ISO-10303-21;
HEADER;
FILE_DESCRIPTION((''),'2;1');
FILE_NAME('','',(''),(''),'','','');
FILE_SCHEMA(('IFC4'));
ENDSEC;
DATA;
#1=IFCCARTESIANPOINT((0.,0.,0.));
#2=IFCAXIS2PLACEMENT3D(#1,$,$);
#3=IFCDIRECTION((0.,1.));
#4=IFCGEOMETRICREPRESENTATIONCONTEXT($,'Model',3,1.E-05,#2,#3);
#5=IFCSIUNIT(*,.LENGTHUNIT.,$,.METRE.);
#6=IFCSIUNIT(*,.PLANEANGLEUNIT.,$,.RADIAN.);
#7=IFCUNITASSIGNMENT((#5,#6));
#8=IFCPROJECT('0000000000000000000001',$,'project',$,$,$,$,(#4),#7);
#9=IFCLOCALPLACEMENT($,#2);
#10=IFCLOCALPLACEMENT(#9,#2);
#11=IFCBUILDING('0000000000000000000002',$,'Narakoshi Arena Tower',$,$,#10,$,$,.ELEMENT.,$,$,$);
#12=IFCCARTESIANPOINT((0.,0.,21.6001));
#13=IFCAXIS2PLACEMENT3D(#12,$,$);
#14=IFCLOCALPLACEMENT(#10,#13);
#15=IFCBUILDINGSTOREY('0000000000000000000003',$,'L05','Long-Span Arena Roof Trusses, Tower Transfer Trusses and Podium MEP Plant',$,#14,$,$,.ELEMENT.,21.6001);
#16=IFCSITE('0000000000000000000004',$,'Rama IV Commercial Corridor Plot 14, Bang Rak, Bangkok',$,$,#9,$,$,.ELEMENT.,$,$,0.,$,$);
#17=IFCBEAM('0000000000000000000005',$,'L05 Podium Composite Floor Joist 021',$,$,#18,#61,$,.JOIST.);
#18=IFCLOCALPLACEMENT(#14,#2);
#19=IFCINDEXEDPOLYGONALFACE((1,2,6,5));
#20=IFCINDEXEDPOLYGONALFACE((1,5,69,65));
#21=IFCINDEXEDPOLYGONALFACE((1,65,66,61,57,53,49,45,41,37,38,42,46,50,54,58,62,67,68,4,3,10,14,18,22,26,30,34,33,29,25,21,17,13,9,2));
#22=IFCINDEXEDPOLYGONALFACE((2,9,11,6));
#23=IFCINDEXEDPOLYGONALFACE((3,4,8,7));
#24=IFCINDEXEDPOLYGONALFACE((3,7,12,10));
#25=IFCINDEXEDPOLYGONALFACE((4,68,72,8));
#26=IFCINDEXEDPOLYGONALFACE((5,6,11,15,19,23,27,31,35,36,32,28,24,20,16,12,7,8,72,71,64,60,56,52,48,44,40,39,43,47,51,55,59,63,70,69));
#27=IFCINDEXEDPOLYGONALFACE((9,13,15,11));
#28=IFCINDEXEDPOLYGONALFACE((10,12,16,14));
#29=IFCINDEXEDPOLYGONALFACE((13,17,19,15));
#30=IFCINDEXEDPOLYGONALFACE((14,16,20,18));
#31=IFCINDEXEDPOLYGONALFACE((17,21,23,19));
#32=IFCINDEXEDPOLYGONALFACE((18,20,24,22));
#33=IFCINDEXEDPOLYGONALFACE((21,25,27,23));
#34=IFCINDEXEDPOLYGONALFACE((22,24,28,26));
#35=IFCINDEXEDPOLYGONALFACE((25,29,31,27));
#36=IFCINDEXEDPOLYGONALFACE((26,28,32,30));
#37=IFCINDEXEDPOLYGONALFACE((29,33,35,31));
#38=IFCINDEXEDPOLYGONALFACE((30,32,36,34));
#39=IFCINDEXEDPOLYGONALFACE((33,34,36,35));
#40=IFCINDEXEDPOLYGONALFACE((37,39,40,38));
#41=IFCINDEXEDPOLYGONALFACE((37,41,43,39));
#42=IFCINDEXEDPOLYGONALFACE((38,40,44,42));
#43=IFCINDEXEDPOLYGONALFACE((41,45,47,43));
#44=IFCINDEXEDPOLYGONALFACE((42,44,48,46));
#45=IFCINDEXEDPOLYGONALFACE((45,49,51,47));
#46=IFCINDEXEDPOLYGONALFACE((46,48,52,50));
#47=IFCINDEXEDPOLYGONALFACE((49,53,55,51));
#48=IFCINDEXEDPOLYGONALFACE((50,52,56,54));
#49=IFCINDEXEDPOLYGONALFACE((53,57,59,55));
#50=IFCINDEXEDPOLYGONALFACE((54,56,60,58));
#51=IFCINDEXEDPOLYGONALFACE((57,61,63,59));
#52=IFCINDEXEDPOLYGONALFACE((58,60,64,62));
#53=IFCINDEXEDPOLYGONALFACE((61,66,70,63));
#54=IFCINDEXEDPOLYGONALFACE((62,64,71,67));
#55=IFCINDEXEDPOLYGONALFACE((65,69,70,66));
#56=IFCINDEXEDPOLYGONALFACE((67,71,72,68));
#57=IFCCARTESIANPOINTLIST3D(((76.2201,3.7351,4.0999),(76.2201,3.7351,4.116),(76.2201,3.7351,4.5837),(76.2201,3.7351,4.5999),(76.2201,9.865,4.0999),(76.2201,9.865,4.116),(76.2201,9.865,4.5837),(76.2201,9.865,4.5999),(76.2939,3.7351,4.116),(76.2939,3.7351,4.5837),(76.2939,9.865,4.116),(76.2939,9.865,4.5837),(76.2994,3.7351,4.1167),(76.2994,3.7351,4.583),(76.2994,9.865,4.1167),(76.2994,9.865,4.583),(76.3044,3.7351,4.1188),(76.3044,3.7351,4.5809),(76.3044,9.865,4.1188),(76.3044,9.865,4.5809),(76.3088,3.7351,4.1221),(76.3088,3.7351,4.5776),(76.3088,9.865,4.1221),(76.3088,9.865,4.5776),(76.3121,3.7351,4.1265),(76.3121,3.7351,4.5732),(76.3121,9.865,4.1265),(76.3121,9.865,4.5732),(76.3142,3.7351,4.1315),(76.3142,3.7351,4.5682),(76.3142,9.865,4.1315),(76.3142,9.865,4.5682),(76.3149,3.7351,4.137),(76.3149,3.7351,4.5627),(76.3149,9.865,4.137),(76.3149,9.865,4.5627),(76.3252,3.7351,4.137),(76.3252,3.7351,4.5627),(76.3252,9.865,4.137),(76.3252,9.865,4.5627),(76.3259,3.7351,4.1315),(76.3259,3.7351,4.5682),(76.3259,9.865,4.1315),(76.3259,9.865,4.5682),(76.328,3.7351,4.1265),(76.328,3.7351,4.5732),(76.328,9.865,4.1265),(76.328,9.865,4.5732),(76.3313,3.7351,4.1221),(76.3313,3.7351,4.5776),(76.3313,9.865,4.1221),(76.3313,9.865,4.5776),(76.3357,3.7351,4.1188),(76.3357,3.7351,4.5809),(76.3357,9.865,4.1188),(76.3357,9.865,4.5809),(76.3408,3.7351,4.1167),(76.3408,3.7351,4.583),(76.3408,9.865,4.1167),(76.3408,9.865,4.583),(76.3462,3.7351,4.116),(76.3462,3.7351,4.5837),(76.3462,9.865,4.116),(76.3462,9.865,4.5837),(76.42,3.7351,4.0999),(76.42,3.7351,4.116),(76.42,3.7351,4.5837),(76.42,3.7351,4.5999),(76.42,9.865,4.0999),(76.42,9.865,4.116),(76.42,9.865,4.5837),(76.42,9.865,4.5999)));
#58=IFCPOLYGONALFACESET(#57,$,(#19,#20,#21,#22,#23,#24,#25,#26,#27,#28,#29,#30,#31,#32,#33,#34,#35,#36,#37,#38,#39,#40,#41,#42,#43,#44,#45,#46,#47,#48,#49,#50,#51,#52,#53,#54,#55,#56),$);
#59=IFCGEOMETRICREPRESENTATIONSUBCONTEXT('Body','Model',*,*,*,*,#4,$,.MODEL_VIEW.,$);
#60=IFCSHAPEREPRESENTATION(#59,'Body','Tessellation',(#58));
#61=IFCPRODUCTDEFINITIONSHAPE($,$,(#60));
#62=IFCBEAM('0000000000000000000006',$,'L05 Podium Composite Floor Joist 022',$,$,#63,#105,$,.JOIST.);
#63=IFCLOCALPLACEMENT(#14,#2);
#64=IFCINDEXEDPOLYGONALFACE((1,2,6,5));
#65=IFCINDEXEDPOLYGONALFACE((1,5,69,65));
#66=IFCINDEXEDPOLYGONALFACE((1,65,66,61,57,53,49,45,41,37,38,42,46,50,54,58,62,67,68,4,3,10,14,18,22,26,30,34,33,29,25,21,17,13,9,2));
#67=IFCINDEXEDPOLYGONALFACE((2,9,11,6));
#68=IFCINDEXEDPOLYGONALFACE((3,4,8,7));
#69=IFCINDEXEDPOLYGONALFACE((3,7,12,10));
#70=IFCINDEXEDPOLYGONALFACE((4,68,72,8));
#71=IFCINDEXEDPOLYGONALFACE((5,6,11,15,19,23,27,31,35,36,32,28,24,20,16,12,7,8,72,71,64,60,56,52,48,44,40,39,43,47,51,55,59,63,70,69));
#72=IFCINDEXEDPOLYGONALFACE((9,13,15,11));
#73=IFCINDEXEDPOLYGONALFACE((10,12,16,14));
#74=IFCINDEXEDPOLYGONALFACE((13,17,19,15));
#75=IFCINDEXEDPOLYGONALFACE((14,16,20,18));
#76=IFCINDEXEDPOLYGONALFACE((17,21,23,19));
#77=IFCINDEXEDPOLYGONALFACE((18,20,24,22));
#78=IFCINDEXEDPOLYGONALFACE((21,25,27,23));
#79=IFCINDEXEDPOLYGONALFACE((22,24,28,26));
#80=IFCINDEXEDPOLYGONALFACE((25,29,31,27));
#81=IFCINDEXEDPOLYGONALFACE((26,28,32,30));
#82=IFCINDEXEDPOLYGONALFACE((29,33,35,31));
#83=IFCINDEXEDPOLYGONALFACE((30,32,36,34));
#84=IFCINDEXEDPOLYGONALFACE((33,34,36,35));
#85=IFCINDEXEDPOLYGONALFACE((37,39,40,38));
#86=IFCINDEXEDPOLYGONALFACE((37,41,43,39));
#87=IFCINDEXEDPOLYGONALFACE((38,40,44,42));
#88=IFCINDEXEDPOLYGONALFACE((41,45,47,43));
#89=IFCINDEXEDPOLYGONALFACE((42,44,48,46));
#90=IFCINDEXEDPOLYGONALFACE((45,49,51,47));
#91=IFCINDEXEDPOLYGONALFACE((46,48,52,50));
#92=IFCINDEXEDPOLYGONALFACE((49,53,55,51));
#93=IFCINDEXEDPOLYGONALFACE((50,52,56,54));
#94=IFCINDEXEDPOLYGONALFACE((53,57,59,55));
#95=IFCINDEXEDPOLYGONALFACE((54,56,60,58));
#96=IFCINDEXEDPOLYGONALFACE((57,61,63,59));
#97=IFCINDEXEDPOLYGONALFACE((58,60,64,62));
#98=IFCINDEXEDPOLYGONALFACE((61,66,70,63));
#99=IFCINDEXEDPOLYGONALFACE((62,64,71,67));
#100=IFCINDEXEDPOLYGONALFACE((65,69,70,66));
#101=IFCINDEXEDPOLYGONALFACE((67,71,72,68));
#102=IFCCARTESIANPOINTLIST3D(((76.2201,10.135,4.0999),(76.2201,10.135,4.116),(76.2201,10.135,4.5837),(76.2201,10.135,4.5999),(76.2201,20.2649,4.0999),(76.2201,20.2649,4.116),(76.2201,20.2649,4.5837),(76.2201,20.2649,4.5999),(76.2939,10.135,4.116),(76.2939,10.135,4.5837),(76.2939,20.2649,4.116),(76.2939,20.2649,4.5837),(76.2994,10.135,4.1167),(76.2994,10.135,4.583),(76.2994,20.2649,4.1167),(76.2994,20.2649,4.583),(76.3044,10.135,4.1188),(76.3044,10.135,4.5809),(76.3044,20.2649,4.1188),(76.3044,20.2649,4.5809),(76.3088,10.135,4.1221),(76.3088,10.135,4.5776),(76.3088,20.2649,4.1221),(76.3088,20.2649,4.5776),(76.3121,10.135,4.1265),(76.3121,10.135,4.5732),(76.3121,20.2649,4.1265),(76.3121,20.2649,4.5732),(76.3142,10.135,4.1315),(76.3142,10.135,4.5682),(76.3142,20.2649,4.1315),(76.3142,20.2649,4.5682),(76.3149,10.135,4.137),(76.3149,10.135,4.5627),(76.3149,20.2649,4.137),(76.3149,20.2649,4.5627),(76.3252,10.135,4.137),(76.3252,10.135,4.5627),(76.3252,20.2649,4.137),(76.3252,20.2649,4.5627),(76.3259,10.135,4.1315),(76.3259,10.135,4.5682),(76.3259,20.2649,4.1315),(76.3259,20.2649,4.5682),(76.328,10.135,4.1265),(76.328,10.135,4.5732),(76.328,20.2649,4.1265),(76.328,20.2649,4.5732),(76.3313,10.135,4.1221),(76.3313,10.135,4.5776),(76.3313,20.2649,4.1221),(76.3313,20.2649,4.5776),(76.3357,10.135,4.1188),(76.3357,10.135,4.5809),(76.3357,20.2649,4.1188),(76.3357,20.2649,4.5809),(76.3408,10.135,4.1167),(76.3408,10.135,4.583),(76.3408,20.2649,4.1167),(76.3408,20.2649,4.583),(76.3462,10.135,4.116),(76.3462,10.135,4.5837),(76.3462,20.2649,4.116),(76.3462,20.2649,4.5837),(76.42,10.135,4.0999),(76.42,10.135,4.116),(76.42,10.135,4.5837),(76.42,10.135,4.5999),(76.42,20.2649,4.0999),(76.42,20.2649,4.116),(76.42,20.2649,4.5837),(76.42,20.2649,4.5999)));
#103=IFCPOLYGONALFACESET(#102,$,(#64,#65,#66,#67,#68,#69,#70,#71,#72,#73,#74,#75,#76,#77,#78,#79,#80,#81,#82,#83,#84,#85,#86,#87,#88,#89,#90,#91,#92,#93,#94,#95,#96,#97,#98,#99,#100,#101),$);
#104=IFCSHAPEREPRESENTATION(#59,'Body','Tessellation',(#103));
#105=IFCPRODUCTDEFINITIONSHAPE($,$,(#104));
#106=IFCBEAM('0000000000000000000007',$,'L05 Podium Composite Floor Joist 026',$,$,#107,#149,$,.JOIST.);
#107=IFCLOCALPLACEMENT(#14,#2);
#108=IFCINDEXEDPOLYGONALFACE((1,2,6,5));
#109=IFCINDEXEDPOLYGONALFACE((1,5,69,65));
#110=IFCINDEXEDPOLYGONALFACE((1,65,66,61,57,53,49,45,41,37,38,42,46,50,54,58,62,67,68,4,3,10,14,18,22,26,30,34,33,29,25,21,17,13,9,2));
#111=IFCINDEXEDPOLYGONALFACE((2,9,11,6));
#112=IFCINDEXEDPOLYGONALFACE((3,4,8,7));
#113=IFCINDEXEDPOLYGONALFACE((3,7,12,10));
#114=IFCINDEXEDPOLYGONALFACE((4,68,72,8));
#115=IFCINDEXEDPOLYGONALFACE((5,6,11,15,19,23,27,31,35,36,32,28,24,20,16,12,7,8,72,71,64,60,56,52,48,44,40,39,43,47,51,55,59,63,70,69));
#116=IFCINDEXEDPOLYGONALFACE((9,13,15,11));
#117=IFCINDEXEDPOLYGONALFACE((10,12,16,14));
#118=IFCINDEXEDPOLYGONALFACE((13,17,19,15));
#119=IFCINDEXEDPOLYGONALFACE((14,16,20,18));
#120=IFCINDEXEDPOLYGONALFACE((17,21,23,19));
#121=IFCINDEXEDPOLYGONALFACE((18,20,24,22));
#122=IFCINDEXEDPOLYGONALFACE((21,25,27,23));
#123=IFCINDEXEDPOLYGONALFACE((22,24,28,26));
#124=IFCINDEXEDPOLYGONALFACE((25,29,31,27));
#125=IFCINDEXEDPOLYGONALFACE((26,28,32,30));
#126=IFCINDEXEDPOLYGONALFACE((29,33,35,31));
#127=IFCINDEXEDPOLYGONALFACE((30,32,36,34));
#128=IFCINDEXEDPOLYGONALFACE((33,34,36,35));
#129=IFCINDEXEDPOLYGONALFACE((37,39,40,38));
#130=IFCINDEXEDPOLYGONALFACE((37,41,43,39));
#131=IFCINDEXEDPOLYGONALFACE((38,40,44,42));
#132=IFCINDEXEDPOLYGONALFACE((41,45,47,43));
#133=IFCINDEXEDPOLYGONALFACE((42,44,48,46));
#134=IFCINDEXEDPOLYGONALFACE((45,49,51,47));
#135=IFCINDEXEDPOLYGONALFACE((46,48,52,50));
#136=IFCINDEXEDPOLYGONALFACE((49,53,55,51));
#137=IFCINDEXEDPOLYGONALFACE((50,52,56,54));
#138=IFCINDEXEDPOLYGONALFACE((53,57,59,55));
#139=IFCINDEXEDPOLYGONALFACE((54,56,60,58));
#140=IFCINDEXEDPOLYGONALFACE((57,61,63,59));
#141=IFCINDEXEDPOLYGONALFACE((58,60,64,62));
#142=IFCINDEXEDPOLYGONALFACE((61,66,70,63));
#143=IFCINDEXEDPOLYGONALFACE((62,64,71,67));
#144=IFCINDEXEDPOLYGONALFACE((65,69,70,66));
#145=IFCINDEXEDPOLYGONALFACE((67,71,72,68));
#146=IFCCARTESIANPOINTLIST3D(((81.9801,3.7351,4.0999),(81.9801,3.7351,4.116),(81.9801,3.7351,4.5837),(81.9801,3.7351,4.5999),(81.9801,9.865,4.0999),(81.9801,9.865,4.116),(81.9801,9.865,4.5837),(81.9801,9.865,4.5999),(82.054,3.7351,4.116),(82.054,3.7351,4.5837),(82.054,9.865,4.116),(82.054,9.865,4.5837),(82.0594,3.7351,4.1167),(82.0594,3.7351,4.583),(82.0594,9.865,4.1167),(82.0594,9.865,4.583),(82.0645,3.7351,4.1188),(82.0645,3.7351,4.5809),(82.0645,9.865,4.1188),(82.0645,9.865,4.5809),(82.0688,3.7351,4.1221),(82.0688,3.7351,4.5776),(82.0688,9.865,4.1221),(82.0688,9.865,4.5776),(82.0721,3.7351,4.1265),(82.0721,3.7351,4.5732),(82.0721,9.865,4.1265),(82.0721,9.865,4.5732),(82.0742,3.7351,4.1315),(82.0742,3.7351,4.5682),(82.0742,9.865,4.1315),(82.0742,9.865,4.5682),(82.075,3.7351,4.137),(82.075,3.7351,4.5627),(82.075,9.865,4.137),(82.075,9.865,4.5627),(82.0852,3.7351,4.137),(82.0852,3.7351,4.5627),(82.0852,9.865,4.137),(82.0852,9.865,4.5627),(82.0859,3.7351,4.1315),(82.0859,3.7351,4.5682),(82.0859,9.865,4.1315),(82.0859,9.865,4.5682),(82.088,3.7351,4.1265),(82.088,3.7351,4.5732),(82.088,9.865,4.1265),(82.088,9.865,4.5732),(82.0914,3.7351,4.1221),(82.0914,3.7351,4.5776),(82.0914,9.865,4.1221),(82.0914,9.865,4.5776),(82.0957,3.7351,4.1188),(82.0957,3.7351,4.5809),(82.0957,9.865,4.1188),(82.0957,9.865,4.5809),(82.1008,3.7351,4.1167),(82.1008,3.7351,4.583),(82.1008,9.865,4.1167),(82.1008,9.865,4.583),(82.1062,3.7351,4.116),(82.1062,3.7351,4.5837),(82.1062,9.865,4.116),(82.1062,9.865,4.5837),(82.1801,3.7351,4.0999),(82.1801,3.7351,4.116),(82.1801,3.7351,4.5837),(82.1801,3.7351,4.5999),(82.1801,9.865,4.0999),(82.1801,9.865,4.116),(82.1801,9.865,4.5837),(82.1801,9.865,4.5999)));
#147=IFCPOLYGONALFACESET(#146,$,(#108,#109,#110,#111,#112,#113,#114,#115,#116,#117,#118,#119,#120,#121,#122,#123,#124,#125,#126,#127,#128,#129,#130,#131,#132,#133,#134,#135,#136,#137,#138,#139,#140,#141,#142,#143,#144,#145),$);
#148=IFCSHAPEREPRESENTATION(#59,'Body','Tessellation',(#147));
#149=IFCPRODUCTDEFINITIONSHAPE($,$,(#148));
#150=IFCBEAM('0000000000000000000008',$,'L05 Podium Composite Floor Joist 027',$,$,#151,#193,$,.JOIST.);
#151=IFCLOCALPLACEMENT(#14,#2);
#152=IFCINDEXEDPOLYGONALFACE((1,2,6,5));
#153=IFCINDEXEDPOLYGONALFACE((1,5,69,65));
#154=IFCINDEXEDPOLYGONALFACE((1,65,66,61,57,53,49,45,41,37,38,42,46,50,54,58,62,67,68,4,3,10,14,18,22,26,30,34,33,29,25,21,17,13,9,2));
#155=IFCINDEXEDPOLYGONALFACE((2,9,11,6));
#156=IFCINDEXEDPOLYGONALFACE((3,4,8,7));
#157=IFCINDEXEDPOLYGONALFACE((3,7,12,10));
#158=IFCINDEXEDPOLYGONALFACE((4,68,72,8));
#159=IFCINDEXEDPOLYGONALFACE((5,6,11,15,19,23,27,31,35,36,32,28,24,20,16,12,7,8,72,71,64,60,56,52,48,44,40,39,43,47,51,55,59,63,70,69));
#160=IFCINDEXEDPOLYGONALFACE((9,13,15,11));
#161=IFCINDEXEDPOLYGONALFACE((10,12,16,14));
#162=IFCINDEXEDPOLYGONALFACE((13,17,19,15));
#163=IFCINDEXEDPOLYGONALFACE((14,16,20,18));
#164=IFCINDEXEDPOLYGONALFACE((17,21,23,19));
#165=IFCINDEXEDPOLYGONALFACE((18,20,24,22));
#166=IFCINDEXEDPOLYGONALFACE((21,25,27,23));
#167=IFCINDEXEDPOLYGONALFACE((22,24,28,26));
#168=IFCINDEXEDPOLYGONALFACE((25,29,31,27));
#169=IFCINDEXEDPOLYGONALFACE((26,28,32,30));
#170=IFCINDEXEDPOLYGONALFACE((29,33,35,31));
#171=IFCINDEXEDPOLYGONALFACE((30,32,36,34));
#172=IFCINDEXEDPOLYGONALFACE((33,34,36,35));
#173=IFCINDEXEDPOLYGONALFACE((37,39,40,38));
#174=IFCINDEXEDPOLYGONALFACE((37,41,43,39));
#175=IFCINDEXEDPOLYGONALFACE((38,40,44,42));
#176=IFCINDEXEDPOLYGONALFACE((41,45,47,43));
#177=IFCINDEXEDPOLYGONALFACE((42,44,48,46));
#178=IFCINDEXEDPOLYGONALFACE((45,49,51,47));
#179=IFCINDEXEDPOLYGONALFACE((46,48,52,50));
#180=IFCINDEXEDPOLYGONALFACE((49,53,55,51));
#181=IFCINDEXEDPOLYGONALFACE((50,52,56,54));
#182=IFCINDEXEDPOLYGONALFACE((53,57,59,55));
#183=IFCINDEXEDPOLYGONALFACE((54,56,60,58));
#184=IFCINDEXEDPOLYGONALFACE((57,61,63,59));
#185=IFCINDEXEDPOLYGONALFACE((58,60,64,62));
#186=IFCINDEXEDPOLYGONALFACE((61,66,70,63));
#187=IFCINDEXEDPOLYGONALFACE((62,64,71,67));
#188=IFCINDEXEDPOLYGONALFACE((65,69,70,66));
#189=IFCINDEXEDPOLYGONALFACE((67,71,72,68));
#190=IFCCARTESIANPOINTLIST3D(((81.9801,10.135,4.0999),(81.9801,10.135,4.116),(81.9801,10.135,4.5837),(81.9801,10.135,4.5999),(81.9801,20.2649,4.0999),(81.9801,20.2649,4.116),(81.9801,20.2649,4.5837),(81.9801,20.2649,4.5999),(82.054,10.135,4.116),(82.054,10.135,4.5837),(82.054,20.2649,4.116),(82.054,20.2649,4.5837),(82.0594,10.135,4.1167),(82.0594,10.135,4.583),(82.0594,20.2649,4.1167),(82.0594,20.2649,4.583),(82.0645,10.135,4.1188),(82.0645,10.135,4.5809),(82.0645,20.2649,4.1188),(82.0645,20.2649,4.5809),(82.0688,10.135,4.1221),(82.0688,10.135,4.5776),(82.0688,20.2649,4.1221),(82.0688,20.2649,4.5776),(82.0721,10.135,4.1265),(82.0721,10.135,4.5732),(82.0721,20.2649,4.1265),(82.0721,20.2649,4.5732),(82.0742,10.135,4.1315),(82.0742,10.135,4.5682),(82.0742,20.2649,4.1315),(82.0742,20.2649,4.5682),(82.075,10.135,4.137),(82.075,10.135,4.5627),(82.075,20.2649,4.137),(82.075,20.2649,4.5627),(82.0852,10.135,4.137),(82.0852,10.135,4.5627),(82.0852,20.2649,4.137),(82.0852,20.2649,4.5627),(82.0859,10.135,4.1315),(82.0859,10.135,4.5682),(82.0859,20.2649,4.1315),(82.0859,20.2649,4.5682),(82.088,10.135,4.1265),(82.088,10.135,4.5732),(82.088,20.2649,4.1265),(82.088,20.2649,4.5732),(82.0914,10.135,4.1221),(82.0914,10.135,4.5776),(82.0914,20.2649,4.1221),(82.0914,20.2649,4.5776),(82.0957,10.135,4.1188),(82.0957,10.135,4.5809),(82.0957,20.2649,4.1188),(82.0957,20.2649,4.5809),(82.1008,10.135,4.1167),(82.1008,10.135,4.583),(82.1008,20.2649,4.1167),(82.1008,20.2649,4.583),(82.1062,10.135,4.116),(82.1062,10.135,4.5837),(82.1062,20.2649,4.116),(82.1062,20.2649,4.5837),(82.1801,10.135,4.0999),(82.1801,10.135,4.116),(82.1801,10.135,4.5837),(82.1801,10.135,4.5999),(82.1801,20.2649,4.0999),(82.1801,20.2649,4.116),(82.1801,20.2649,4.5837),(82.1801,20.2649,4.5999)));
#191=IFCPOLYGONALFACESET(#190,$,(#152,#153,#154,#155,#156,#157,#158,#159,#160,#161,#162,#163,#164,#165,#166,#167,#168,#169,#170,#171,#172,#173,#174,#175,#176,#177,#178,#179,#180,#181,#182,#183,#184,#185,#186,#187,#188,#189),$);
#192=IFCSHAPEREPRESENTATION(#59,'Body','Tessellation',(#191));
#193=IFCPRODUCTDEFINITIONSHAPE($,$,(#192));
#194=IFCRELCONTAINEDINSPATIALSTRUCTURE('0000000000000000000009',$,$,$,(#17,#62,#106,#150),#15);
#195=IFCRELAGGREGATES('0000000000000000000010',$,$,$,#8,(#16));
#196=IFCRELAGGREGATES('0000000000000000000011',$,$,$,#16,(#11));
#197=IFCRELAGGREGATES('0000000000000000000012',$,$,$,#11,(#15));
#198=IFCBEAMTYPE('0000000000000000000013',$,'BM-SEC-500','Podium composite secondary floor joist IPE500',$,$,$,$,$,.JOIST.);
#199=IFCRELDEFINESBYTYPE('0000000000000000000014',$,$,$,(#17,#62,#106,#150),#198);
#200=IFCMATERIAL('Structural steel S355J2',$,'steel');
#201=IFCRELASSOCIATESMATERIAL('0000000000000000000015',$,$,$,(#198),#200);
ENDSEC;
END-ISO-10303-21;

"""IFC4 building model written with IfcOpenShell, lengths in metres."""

from ifc_helpers import new_model, si_unit, direction, frame, origin, origin_2d, place, context, subcontext, project, spatial, i_section, extrude, material, material_profile, profile_set, type_object, element, save


model = new_model("IFC4")

# Units and contexts
model_context = context("Model", 3, precision=1e-05, world=origin(), true_north=direction((0.0, 1.0)))
body_context = subcontext(model_context, "Body", "Model", "MODEL_VIEW")
ifc_project = project(units=[si_unit("LENGTHUNIT", "METRE"), si_unit("PLANEANGLEUNIT", "RADIAN")], contexts=[model_context])

# Site, building, storey
site_placement = place(None, origin())
site = spatial("IfcSite", under=ifc_project, at=site_placement, Name="Rama IV Commercial Corridor Plot 14, Bang Rak, Bangkok", CompositionType="ELEMENT", RefElevation=0.0)
building_placement = place(site_placement, origin())
building = spatial("IfcBuilding", under=site, at=building_placement, Name="Narakoshi Arena Tower", CompositionType="ELEMENT")
storey_placement = place(building_placement, frame((0.0, 0.0, 21.6001)))
storey = spatial("IfcBuildingStorey", under=building, at=storey_placement, Name="L05", Description="Long-Span Arena Roof Trusses, Tower Transfer Trusses and Podium MEP Plant", CompositionType="ELEMENT", Elevation=21.6001)

# Beams
ifc_material_1 = material(Name="Structural steel S355J2", Category="steel")
ifc_material_profile_1 = material_profile(ifc_material_1, i_section(OverallWidth=0.2, OverallDepth=0.5, WebThickness=0.0103, FlangeThickness=0.0161, FilletRadius=0.021, at=origin_2d()), Name="IPE500")
ifc_profile_set_1 = profile_set([ifc_material_profile_1], Name="Structural steel S355J2")
beam_type_1 = type_object("IfcBeamType", Name="BM-SEC-500", Description="Podium composite secondary floor joist IPE500", PredefinedType="JOIST", material=ifc_profile_set_1)
beam_1_placement = place(storey_placement, frame((76.3201, 3.7351, 4.3499), z_axis=(0.0, 1.0, 0.0), x_axis=(-1.0, 0.0, 0.0)))
element("IfcBeam", 1, at=beam_1_placement, inside=storey, type_object=beam_type_1, Name="L05 Podium Composite Floor Joist 021", PredefinedType="JOIST", context=body_context, shape_type="SweptSolid", body=[
    extrude(i_section(OverallWidth=0.2, OverallDepth=0.5, WebThickness=0.0103, FlangeThickness=0.0161, FilletRadius=0.021, at=origin_2d()), origin(), (0.0, 0.0, 1.0), 6.1299),
])
beam_2_placement = place(storey_placement, frame((76.3201, 10.135, 4.3499), z_axis=(0.0, 1.0, 0.0), x_axis=(-1.0, 0.0, 0.0)))
element("IfcBeam", 2, at=beam_2_placement, inside=storey, type_object=beam_type_1, Name="L05 Podium Composite Floor Joist 022", PredefinedType="JOIST", context=body_context, shape_type="SweptSolid", body=[
    extrude(i_section(OverallWidth=0.2, OverallDepth=0.5, WebThickness=0.0103, FlangeThickness=0.0161, FilletRadius=0.021, at=origin_2d()), origin(), (0.0, 0.0, 1.0), 10.1299),
])
beam_3_placement = place(storey_placement, frame((82.0801, 3.7351, 4.3499), z_axis=(0.0, 1.0, 0.0), x_axis=(-1.0, 0.0, 0.0)))
element("IfcBeam", 3, at=beam_3_placement, inside=storey, type_object=beam_type_1, Name="L05 Podium Composite Floor Joist 026", PredefinedType="JOIST", context=body_context, shape_type="SweptSolid", body=[
    extrude(i_section(OverallWidth=0.2, OverallDepth=0.5, WebThickness=0.0103, FlangeThickness=0.0161, FilletRadius=0.021, at=origin_2d()), origin(), (0.0, 0.0, 1.0), 6.1299),
])
beam_4_placement = place(storey_placement, frame((82.0801, 10.135, 4.3499), z_axis=(0.0, 1.0, 0.0), x_axis=(-1.0, 0.0, 0.0)))
element("IfcBeam", 4, at=beam_4_placement, inside=storey, type_object=beam_type_1, Name="L05 Podium Composite Floor Joist 027", PredefinedType="JOIST", context=body_context, shape_type="SweptSolid", body=[
    extrude(i_section(OverallWidth=0.2, OverallDepth=0.5, WebThickness=0.0103, FlangeThickness=0.0161, FilletRadius=0.021, at=origin_2d()), origin(), (0.0, 0.0, 1.0), 10.1299),
])

save(model, "model.ifc")
